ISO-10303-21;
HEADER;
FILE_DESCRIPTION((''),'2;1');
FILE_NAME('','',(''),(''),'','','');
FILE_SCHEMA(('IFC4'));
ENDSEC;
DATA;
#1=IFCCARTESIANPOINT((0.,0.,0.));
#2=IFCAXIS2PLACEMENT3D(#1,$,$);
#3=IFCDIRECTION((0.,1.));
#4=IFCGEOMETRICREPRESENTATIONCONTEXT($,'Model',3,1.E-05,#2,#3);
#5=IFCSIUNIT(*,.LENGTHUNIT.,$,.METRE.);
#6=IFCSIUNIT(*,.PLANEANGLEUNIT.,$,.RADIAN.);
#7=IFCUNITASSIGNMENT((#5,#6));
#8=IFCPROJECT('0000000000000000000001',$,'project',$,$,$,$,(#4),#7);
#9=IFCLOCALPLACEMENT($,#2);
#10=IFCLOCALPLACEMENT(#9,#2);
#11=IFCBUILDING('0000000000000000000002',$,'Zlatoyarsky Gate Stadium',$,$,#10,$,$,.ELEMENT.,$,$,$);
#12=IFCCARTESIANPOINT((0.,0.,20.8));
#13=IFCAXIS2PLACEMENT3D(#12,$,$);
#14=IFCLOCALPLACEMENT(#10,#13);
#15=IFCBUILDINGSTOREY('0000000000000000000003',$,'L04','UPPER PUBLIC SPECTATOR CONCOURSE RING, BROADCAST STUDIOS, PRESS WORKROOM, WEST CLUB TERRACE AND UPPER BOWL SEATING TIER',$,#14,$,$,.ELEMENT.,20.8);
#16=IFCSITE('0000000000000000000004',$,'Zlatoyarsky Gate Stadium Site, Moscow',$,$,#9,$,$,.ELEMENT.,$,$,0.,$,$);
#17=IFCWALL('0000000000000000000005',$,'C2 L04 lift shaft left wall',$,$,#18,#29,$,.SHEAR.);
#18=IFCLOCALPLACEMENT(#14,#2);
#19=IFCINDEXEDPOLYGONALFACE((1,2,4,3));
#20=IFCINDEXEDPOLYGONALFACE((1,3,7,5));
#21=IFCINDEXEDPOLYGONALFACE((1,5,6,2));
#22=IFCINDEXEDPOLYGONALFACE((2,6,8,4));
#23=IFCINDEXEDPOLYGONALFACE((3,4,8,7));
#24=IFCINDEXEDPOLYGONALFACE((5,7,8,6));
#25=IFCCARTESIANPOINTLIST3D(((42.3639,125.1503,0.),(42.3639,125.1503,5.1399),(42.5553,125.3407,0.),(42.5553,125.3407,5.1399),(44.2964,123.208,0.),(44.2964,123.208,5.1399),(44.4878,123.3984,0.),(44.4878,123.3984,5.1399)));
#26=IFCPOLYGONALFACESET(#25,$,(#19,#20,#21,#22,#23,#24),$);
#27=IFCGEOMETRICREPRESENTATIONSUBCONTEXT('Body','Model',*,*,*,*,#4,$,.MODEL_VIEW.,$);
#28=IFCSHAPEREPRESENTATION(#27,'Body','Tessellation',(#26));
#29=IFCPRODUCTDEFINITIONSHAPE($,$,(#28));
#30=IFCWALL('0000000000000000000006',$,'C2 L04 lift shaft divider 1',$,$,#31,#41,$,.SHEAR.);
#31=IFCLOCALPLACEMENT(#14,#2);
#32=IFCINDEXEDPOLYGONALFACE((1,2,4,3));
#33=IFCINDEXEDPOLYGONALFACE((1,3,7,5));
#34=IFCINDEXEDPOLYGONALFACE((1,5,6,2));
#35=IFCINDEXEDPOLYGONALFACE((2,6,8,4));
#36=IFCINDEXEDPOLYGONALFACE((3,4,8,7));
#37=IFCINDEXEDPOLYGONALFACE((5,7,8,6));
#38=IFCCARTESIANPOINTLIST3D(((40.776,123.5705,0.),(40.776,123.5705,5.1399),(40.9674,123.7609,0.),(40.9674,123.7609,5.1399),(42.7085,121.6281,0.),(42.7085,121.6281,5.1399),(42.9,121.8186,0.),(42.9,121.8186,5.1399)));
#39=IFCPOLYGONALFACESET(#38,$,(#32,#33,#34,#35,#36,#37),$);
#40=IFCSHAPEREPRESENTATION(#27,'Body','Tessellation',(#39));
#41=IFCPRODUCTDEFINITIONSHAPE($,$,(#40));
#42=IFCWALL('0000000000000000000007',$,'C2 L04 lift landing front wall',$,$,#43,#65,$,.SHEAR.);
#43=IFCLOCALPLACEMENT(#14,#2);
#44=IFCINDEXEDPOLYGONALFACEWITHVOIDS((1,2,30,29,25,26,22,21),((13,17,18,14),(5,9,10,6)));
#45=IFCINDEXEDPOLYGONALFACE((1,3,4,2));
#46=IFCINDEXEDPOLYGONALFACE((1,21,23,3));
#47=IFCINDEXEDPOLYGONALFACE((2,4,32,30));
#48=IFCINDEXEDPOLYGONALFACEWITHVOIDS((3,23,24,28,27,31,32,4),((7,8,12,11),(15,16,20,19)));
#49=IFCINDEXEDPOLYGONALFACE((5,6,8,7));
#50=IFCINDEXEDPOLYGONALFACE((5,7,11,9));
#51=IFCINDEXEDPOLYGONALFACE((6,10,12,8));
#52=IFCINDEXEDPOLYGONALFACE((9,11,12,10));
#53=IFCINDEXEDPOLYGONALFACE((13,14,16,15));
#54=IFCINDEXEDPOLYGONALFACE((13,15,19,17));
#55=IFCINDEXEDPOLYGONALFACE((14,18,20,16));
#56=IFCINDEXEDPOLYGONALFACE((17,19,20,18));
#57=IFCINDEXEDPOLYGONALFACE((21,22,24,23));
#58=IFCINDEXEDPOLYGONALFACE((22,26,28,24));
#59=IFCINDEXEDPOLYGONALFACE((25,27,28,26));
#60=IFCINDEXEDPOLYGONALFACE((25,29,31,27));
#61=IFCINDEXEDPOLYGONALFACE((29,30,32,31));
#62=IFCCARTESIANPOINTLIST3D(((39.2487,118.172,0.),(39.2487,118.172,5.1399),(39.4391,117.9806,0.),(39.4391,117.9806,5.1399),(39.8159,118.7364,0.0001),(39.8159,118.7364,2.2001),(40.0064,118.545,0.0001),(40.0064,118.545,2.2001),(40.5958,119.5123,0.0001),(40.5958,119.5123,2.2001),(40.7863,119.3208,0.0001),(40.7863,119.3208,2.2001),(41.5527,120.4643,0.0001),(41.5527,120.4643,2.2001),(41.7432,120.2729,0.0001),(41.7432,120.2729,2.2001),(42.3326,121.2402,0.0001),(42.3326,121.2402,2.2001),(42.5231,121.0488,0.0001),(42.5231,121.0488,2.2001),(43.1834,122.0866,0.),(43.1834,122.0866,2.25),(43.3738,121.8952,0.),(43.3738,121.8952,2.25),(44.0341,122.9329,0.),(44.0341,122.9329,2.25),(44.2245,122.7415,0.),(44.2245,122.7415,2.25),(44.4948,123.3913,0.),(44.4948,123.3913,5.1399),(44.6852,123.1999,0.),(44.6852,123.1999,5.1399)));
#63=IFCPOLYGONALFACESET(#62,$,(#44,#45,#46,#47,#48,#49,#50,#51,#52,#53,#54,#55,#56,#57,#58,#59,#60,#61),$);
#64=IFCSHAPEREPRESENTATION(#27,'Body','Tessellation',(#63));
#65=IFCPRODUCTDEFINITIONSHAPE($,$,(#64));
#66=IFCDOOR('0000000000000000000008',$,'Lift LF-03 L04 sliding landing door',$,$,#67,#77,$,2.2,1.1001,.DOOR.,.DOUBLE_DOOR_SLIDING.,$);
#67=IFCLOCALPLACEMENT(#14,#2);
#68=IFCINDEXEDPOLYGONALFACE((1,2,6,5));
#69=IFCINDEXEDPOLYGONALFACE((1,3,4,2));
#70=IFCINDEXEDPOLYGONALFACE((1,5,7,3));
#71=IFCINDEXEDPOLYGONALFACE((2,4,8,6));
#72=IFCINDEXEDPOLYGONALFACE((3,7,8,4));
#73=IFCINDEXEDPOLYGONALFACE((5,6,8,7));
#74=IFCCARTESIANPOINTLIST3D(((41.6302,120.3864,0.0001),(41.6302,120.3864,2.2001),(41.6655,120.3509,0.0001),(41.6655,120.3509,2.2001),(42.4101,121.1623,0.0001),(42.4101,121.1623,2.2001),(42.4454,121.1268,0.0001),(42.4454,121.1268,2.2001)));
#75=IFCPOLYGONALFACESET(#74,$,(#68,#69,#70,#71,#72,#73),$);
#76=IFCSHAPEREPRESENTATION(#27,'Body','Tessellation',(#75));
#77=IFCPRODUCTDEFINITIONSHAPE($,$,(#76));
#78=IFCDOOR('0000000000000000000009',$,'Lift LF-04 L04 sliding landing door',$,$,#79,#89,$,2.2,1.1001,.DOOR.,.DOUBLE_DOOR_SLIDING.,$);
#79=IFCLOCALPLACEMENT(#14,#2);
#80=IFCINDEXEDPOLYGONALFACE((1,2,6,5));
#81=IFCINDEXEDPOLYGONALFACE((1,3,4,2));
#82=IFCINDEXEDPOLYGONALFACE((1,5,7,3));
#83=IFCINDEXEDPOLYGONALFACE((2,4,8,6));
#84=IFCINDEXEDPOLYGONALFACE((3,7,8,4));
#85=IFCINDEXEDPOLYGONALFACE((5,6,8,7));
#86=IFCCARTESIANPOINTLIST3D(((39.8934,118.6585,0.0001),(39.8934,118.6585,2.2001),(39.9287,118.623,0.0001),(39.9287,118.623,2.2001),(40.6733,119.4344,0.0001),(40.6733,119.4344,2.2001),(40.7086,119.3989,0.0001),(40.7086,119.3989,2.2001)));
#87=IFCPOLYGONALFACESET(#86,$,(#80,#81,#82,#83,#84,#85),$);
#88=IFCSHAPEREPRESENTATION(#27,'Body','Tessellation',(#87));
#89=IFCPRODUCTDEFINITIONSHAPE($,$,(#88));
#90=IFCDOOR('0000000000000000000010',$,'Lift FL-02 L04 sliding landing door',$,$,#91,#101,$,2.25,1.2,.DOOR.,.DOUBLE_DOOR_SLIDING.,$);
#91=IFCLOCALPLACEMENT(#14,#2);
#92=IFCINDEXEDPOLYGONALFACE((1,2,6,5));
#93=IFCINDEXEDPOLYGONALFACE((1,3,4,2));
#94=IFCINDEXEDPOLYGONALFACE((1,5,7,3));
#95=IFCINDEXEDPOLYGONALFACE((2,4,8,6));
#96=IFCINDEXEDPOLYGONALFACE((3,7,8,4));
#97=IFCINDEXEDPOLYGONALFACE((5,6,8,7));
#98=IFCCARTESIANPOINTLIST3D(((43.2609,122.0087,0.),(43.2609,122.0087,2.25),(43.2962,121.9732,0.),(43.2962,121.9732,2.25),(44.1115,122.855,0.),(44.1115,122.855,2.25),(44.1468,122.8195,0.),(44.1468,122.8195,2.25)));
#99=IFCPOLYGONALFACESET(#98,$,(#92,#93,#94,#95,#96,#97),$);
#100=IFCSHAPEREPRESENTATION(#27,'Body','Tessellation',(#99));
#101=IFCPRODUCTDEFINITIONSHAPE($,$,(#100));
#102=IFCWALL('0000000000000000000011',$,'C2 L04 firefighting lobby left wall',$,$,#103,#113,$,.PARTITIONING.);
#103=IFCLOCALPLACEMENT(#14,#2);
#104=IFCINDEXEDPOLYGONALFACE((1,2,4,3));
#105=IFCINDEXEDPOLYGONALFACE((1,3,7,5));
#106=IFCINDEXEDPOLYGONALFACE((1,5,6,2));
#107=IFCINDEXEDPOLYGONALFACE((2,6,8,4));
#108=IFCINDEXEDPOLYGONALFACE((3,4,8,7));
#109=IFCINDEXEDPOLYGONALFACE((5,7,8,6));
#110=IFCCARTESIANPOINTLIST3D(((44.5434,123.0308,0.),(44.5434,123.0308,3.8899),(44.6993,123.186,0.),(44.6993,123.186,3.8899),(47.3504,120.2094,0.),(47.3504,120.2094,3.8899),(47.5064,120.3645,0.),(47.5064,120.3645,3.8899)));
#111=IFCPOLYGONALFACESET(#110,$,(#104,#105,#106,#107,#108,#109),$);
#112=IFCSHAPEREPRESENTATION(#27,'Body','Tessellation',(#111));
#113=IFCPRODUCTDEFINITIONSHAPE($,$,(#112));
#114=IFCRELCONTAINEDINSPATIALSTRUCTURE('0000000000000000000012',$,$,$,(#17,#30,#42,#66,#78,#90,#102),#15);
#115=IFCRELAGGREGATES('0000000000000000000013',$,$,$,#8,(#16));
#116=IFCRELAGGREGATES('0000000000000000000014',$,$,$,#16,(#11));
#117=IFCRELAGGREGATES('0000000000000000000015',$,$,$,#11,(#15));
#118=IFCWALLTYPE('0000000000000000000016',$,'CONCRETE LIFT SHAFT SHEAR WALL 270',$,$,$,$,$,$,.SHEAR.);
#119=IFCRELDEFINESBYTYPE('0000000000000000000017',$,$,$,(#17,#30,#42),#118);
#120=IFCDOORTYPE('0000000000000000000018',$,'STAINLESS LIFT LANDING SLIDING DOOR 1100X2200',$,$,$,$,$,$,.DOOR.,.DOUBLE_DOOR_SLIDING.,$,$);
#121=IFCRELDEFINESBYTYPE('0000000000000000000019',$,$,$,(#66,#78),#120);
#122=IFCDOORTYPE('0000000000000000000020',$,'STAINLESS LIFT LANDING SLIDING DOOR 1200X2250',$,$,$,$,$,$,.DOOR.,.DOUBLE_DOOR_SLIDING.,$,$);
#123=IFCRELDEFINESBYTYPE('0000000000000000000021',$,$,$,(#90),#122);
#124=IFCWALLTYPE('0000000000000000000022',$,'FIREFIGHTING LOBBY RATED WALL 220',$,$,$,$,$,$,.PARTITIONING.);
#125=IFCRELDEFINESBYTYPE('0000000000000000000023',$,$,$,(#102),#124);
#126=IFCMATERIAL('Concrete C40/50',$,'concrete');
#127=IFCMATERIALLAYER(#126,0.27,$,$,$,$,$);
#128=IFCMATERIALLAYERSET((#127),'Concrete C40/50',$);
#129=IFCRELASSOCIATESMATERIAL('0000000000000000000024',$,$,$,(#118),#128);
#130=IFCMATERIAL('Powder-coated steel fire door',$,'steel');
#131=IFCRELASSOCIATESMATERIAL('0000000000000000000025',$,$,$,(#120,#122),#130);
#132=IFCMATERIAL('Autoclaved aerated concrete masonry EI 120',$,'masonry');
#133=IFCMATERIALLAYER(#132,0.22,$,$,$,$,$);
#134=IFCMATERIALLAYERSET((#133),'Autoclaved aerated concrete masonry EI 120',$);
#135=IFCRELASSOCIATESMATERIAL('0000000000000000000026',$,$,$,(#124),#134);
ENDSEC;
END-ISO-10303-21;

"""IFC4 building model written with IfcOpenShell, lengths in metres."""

from ifc_helpers import new_model, si_unit, direction, frame, frame_2d, origin, place, context, subcontext, project, spatial, rectangle, extrude, material, layer, layer_set, type_object, element, fill, save


model = new_model("IFC4")

# Units and contexts
model_context = context("Model", 3, precision=1e-05, world=origin(), true_north=direction((0.0, 1.0)))
body_context = subcontext(model_context, "Body", "Model", "MODEL_VIEW")
ifc_project = project(units=[si_unit("LENGTHUNIT", "METRE"), si_unit("PLANEANGLEUNIT", "RADIAN")], contexts=[model_context])

# Site, building, storey
site_placement = place(None, origin())
site = spatial("IfcSite", under=ifc_project, at=site_placement, Name="Zlatoyarsky Gate Stadium Site, Moscow", CompositionType="ELEMENT", RefElevation=0.0)
building_placement = place(site_placement, origin())
building = spatial("IfcBuilding", under=site, at=building_placement, Name="Zlatoyarsky Gate Stadium", CompositionType="ELEMENT")
storey_placement = place(building_placement, frame((0.0, 0.0, 20.8)))
storey = spatial("IfcBuildingStorey", under=building, at=storey_placement, Name="L04", Description="UPPER PUBLIC SPECTATOR CONCOURSE RING, BROADCAST STUDIOS, PRESS WORKROOM, WEST CLUB TERRACE AND UPPER BOWL SEATING TIER", CompositionType="ELEMENT", Elevation=20.8)

# Walls
ifc_material_1 = material(Name="Concrete C40/50", Category="concrete")
ifc_layer_1 = layer(ifc_material_1, 0.27)
ifc_layer_set_1 = layer_set([ifc_layer_1], Name="Concrete C40/50")
wall_type_1 = type_object("IfcWallType", Name="CONCRETE LIFT SHAFT SHEAR WALL 270", PredefinedType="SHEAR", material=ifc_layer_set_1)
for number, where, z_axis, x_axis, name in (
    (1, (42.4595, 125.2456, 0.0), (0.0, 0.0, 1.0), (0.705323, -0.708887, 0.0), "C2 L04 lift shaft left wall"),
    (2, (40.8716, 123.6658, 0.0), (0.0, 0.0, 1.0), (0.705323, -0.708887, 0.0), "C2 L04 lift shaft divider 1"),
):
    element("IfcWall", number, at=place(storey_placement, frame(where, z_axis=z_axis, x_axis=x_axis)), inside=storey, type_object=wall_type_1, Name=name, PredefinedType="SHEAR", context=body_context, shape_type="SweptSolid", body=[
        extrude(rectangle(XDim=2.74, YDim=0.27, at=frame_2d((1.3701, 0.0))), origin(), (0.0, 0.0, 1.0), 5.1399),
    ])

# Wall, openings, doors
wall_1_placement = place(storey_placement, frame((44.5901, 123.2957, 0.0), z_axis=(0.0, 0.0, 1.0), x_axis=(-0.708919, -0.70529, 0.0)))
wall_1 = element("IfcWall", 3, at=wall_1_placement, inside=storey, type_object=wall_type_1, Name="C2 L04 lift landing front wall", PredefinedType="SHEAR", context=body_context, shape_type="SweptSolid", body=[
    extrude(rectangle(XDim=7.4001, YDim=0.27, at=frame_2d((3.7002, 0.0))), origin(), (0.0, 0.0, 1.0), 5.1399),
])
opening_1_placement = place(wall_1_placement, frame((0.6499, 0.0, 0.0)))
opening_1 = element("IfcOpeningElement", 4, at=opening_1_placement, cuts=wall_1, PredefinedType="OPENING", context=body_context, shape_type="SweptSolid", body=[
    extrude(rectangle(XDim=1.2, YDim=2.25, at=frame_2d((0.6001, 1.125))), frame((0.0, 0.145, 0.0), z_axis=(0.0, -1.0, 0.0), x_axis=(1.0, 0.0, 0.0)), (0.0, 0.0, 1.0), 0.29),
])
opening_2_placement = place(wall_1_placement, frame((3.05, 0.0, 0.0)))
opening_2 = element("IfcOpeningElement", 5, at=opening_2_placement, cuts=wall_1, PredefinedType="OPENING", context=body_context, shape_type="SweptSolid", body=[
    extrude(rectangle(XDim=1.1001, YDim=2.2, at=frame_2d((0.55, 1.1001))), frame((0.0, 0.145, 0.0), z_axis=(0.0, -1.0, 0.0), x_axis=(1.0, 0.0, 0.0)), (0.0, 0.0, 1.0), 0.29),
])
opening_3_placement = place(wall_1_placement, frame((5.5, 0.0, 0.0)))
opening_3 = element("IfcOpeningElement", 6, at=opening_3_placement, cuts=wall_1, PredefinedType="OPENING", context=body_context, shape_type="SweptSolid", body=[
    extrude(rectangle(XDim=1.1001, YDim=2.2, at=frame_2d((0.55, 1.1001))), frame((0.0, 0.145, 0.0), z_axis=(0.0, -1.0, 0.0), x_axis=(1.0, 0.0, 0.0)), (0.0, 0.0, 1.0), 0.29),
])
ifc_material_2 = material(Name="Powder-coated steel fire door", Category="steel")
door_type_1 = type_object("IfcDoorType", Name="STAINLESS LIFT LANDING SLIDING DOOR 1100X2200", OperationType="DOUBLE_DOOR_SLIDING", PredefinedType="DOOR", material=ifc_material_2)
door_1_placement = place(opening_2_placement, origin())
door_1 = element("IfcDoor", 7, at=door_1_placement, inside=storey, type_object=door_type_1, Name="Lift LF-03 L04 sliding landing door", OperationType="DOUBLE_DOOR_SLIDING", OverallHeight=2.2, OverallWidth=1.1001, PredefinedType="DOOR", context=body_context, shape_type="SweptSolid", body=[
    extrude(rectangle(XDim=1.1001, YDim=2.2, at=frame_2d((0.55, 1.1001))), frame((0.0, 0.0249, 0.0), z_axis=(0.0, -1.0, 0.0), x_axis=(1.0, 0.0, 0.0)), (0.0, 0.0, 1.0), 0.05),
])
fill(opening_2, door_1)
door_2_placement = place(opening_3_placement, origin())
door_2 = element("IfcDoor", 8, at=door_2_placement, inside=storey, type_object=door_type_1, Name="Lift LF-04 L04 sliding landing door", OperationType="DOUBLE_DOOR_SLIDING", OverallHeight=2.2, OverallWidth=1.1001, PredefinedType="DOOR", context=body_context, shape_type="SweptSolid", body=[
    extrude(rectangle(XDim=1.1001, YDim=2.2, at=frame_2d((0.55, 1.1001))), frame((0.0, 0.0249, 0.0), z_axis=(0.0, -1.0, 0.0), x_axis=(1.0, 0.0, 0.0)), (0.0, 0.0, 1.0), 0.05),
])
fill(opening_3, door_2)
door_type_2 = type_object("IfcDoorType", Name="STAINLESS LIFT LANDING SLIDING DOOR 1200X2250", OperationType="DOUBLE_DOOR_SLIDING", PredefinedType="DOOR", material=ifc_material_2)
door_3_placement = place(opening_1_placement, origin())
door_3 = element("IfcDoor", 9, at=door_3_placement, inside=storey, type_object=door_type_2, Name="Lift FL-02 L04 sliding landing door", OperationType="DOUBLE_DOOR_SLIDING", OverallHeight=2.25, OverallWidth=1.2, PredefinedType="DOOR", context=body_context, shape_type="SweptSolid", body=[
    extrude(rectangle(XDim=1.2, YDim=2.25, at=frame_2d((0.6001, 1.125))), frame((0.0, 0.0249, 0.0), z_axis=(0.0, -1.0, 0.0), x_axis=(1.0, 0.0, 0.0)), (0.0, 0.0, 1.0), 0.05),
])
fill(opening_1, door_3)

# Wall
ifc_material_3 = material(Name="Autoclaved aerated concrete masonry EI 120", Category="masonry")
ifc_layer_2 = layer(ifc_material_3, 0.22)
ifc_layer_set_2 = layer_set([ifc_layer_2], Name="Autoclaved aerated concrete masonry EI 120")
wall_type_2 = type_object("IfcWallType", Name="FIREFIGHTING LOBBY RATED WALL 220", PredefinedType="PARTITIONING", material=ifc_layer_set_2)
wall_2_placement = place(storey_placement, frame((44.6213, 123.1084, 0.0), z_axis=(0.0, 0.0, 1.0), x_axis=(0.705295, -0.708914, 0.0)))
element("IfcWall", 10, at=wall_2_placement, inside=storey, type_object=wall_type_2, Name="C2 L04 firefighting lobby left wall", PredefinedType="PARTITIONING", context=body_context, shape_type="SweptSolid", body=[
    extrude(rectangle(XDim=3.98, YDim=0.22, at=frame_2d((1.99, 0.0))), origin(), (0.0, 0.0, 1.0), 3.8899),
])

save(model, "model.ifc")
